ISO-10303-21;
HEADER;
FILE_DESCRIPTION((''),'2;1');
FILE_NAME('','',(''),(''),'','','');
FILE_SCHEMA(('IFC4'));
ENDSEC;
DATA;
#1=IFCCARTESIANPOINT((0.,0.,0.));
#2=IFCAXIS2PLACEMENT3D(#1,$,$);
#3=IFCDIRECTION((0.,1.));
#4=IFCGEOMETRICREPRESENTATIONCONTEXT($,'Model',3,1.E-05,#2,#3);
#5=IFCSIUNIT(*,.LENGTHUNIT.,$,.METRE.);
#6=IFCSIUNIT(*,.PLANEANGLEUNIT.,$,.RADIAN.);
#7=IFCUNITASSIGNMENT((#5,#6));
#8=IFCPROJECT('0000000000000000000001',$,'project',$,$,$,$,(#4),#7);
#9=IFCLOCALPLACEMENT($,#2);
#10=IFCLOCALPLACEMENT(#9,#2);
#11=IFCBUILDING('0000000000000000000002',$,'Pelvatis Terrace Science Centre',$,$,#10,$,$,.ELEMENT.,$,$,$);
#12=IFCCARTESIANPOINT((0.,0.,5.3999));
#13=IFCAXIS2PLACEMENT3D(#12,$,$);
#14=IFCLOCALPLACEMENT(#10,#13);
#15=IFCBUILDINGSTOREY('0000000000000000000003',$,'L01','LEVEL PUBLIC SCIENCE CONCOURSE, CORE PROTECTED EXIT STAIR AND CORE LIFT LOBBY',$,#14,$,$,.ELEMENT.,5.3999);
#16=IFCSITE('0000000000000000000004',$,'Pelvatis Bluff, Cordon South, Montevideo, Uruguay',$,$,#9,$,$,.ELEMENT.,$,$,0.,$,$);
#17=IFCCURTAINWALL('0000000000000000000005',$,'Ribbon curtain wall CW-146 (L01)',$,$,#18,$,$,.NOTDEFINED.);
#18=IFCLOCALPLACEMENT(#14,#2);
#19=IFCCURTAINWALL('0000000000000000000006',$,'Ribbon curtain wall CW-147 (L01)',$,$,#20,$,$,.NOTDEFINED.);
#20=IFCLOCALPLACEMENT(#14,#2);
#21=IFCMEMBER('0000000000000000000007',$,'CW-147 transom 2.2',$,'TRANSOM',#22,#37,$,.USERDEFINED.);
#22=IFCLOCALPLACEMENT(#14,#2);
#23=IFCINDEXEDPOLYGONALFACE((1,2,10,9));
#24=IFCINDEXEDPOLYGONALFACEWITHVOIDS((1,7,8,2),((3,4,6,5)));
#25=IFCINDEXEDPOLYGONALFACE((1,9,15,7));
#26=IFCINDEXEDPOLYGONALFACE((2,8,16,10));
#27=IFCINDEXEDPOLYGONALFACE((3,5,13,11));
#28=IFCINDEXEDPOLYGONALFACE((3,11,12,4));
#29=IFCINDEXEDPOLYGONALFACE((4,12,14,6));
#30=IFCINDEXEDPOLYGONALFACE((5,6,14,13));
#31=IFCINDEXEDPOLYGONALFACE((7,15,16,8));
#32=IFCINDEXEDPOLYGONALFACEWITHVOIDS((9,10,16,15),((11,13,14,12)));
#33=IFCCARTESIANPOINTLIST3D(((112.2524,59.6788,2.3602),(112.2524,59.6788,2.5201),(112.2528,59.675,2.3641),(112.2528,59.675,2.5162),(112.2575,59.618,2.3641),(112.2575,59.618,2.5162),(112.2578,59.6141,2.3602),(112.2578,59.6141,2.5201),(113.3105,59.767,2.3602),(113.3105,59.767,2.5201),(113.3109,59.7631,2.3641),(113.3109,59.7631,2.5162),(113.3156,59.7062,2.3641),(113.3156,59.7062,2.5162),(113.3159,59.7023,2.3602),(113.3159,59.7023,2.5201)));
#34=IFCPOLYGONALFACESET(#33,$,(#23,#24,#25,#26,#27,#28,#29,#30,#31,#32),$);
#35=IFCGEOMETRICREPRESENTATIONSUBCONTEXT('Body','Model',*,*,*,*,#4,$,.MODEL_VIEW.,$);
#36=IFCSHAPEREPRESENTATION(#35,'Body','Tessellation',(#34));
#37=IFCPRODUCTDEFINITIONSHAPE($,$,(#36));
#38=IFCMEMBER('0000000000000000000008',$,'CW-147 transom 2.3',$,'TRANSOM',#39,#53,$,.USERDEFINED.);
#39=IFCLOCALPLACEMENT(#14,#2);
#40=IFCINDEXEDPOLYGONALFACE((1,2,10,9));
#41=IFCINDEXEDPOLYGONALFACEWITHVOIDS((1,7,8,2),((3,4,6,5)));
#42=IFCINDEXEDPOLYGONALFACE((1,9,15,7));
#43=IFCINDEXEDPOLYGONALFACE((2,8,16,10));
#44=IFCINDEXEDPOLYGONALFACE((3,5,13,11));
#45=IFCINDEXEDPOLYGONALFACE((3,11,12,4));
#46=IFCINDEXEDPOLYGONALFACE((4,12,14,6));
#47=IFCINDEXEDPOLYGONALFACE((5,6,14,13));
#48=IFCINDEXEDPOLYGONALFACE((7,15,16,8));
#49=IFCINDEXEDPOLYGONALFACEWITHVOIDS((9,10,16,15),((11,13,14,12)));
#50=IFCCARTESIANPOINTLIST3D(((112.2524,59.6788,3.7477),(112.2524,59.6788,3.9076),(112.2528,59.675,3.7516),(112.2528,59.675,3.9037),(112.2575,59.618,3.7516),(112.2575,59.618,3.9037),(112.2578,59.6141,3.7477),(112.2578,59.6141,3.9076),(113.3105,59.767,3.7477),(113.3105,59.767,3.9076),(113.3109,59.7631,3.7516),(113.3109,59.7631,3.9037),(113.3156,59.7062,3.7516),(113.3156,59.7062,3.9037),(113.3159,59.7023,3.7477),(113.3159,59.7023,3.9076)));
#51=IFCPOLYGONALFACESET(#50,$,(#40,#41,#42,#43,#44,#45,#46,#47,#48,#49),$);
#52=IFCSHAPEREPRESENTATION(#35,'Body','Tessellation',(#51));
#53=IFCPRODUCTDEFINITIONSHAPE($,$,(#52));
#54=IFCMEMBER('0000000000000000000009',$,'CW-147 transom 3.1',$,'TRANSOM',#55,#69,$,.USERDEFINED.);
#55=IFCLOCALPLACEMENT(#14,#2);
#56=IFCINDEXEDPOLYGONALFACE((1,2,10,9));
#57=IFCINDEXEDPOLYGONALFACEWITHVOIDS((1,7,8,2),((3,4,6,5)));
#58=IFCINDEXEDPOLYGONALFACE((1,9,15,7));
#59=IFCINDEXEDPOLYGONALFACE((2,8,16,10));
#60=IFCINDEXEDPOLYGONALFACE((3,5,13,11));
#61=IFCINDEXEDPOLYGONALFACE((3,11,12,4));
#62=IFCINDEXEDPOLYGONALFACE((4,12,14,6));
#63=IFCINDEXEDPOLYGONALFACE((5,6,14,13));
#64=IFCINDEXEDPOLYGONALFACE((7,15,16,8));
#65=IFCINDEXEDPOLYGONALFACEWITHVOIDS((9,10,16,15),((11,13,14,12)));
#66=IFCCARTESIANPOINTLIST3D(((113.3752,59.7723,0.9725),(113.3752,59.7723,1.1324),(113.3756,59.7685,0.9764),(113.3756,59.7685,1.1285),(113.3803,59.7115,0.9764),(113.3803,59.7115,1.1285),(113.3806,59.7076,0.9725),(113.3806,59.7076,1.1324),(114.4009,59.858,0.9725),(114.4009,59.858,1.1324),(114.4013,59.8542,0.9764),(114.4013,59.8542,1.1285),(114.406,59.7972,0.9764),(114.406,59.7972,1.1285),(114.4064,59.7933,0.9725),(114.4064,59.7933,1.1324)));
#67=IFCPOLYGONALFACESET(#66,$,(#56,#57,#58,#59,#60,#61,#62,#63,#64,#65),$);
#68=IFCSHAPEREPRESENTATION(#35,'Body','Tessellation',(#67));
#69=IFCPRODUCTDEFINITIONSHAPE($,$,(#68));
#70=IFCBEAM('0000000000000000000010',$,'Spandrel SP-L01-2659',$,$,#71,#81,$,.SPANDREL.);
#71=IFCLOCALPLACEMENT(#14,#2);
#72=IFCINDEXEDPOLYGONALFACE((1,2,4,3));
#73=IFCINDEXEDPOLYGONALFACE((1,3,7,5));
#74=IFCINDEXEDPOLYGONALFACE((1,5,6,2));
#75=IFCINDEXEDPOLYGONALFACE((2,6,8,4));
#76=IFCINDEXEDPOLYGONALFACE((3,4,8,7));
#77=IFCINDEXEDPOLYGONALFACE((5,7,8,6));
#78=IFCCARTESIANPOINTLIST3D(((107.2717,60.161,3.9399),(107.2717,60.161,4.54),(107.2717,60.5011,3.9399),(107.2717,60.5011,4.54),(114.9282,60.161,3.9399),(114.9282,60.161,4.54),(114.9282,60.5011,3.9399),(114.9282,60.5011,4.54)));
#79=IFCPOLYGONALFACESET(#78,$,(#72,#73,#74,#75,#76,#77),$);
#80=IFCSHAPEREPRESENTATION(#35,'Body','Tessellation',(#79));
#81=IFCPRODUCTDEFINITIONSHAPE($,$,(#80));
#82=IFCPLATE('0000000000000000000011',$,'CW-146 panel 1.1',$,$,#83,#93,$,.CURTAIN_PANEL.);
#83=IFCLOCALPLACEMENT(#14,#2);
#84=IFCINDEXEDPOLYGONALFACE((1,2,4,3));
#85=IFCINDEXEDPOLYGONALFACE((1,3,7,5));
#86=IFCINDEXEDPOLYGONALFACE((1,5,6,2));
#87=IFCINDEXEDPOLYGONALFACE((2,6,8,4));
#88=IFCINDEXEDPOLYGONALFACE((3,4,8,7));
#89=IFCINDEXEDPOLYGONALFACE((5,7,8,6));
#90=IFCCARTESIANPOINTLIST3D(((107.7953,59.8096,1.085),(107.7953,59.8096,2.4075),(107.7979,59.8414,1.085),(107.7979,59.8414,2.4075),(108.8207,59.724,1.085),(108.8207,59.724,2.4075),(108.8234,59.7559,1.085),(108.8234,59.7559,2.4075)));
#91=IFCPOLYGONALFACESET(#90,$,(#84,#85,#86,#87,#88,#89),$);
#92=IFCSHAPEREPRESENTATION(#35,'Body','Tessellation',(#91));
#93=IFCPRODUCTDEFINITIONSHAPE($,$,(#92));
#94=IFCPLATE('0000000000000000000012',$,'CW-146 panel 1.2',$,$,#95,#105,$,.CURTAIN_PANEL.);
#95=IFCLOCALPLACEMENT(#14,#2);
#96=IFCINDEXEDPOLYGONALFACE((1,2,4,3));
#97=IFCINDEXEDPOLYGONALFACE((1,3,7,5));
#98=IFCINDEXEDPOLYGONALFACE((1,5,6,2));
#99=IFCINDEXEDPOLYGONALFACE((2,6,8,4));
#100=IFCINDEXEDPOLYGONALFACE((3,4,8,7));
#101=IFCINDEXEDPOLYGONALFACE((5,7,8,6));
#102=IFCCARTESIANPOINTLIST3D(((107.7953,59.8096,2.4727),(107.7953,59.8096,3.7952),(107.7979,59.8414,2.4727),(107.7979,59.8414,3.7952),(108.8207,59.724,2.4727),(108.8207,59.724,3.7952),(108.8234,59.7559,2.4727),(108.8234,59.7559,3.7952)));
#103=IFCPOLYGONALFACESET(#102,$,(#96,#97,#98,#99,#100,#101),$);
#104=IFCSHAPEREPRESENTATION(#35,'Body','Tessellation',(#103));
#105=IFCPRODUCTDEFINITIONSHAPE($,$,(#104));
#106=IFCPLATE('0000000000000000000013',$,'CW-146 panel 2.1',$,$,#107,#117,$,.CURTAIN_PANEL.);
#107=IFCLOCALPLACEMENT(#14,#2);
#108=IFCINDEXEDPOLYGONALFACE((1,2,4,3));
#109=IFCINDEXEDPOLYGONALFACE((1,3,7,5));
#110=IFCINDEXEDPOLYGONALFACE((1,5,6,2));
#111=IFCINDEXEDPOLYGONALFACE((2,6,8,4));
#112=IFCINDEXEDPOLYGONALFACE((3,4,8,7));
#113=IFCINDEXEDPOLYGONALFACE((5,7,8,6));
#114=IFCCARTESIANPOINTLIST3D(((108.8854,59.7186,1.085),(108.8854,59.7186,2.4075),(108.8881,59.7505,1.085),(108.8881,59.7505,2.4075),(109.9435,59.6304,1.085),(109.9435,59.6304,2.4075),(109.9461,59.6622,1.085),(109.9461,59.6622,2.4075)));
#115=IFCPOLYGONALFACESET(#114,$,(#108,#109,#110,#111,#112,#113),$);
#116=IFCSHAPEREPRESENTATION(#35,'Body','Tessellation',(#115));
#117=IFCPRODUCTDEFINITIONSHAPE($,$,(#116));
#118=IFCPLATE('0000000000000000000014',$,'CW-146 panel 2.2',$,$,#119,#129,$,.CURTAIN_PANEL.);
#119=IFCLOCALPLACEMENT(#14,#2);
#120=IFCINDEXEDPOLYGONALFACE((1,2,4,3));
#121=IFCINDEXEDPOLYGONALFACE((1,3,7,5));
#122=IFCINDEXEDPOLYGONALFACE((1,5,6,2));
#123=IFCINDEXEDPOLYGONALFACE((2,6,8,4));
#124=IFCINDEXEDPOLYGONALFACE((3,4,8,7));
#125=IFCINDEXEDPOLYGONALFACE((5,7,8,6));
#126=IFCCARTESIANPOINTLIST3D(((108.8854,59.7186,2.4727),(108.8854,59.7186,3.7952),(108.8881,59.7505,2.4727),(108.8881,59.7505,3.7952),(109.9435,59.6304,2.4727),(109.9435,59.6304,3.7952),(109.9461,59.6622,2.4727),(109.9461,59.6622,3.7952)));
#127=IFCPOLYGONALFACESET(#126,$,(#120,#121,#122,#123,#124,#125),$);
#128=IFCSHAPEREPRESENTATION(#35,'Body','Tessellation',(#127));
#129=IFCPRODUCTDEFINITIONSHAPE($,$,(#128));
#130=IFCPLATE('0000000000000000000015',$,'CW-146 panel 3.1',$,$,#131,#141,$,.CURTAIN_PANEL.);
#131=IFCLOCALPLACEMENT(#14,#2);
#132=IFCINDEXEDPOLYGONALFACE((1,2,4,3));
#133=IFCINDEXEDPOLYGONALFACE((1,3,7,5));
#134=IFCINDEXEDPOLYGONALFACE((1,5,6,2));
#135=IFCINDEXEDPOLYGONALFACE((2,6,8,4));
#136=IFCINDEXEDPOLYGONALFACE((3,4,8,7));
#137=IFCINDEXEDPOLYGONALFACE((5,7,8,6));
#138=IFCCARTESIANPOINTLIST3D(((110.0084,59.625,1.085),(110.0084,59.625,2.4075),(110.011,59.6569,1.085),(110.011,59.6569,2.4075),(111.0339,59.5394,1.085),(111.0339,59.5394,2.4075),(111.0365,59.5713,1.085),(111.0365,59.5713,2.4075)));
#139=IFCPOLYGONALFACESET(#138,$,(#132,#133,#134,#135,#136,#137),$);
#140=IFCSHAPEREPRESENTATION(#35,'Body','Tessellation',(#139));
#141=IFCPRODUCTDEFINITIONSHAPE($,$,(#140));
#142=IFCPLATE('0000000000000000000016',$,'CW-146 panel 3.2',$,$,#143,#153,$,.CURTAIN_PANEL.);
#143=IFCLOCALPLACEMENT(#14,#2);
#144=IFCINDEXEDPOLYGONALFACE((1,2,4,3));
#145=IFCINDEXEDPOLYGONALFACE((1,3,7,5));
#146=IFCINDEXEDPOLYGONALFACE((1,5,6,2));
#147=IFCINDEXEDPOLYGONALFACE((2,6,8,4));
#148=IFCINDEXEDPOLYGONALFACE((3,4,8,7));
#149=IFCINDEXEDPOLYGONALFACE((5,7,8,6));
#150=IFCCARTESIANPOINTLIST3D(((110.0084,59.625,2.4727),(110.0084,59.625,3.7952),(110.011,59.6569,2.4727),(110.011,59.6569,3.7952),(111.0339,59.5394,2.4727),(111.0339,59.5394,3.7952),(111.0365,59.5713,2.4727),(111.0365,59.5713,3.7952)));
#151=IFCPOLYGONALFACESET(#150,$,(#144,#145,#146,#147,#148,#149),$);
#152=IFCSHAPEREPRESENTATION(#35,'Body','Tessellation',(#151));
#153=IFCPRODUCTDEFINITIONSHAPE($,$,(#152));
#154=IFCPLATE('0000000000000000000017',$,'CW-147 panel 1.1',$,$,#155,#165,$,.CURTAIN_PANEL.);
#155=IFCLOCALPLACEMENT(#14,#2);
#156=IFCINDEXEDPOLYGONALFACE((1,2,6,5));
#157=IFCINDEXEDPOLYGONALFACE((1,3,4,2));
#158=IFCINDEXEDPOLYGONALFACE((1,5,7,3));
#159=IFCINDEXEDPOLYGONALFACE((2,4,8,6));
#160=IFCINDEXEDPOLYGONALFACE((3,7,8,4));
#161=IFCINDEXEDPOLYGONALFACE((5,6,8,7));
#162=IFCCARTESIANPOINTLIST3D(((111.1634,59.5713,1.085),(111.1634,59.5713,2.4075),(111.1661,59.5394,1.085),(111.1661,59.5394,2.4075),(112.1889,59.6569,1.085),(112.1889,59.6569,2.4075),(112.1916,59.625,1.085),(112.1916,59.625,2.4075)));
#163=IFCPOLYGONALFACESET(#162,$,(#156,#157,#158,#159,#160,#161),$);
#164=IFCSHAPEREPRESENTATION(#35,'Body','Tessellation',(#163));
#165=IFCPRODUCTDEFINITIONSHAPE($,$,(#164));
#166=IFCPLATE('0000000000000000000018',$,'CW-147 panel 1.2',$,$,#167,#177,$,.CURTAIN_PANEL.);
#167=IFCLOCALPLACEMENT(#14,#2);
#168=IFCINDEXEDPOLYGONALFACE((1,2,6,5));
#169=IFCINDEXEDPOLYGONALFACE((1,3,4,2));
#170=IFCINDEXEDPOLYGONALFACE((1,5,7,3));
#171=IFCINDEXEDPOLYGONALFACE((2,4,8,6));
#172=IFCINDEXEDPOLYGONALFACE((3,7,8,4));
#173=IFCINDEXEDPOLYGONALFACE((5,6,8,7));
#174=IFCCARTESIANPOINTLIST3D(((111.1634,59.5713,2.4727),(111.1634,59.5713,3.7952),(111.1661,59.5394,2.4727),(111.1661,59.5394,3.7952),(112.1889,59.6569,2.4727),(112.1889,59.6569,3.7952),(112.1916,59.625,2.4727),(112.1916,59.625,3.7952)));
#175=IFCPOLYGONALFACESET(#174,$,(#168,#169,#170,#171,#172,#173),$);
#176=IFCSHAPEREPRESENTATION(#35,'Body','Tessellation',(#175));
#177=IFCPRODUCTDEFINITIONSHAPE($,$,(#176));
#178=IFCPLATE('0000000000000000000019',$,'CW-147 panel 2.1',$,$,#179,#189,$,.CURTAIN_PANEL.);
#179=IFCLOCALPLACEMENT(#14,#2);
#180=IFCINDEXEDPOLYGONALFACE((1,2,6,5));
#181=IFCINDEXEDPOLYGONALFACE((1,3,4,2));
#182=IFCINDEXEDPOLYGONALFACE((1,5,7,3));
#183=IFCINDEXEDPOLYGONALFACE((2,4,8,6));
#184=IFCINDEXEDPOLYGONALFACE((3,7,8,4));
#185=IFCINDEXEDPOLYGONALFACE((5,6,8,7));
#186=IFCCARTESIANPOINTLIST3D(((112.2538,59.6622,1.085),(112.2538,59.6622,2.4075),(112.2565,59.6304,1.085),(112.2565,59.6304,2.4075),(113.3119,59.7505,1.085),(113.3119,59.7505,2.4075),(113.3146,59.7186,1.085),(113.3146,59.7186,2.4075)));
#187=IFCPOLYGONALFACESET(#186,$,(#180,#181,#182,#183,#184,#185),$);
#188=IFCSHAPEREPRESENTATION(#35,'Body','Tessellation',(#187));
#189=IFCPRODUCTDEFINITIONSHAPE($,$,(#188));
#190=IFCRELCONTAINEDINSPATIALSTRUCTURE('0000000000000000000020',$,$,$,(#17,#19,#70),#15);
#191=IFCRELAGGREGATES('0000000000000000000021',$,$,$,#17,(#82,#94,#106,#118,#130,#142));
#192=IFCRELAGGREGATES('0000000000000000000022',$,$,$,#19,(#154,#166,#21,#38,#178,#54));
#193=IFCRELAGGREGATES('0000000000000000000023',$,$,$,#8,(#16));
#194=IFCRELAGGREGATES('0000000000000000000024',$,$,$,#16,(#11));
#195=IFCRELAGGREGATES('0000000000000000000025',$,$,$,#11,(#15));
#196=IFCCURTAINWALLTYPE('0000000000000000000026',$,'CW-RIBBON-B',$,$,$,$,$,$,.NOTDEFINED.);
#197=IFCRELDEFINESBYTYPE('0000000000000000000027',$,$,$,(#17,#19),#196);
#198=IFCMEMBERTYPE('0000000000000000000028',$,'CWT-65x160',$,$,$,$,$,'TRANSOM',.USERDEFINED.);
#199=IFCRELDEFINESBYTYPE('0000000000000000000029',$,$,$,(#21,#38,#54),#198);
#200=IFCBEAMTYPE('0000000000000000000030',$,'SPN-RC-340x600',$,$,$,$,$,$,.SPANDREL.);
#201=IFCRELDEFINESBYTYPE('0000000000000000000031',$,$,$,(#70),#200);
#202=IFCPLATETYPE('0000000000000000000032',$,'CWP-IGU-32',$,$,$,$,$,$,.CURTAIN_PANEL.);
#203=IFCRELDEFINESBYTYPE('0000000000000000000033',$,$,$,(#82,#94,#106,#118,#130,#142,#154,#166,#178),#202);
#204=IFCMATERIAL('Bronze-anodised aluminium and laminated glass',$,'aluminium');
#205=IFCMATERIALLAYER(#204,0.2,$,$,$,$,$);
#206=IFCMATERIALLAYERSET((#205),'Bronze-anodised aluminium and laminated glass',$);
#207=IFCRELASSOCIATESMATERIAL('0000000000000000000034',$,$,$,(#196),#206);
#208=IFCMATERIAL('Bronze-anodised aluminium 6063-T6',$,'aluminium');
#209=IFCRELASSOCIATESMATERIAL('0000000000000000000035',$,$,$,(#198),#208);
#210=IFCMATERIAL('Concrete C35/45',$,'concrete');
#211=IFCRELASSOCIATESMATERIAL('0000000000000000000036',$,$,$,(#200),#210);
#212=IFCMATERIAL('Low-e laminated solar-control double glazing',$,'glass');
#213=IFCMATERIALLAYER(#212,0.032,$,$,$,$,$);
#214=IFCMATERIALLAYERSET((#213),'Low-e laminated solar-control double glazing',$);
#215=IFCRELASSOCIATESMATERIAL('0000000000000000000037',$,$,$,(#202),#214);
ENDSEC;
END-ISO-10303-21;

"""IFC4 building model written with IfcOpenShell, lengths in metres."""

from ifc_helpers import new_model, si_unit, direction, frame, origin, origin_2d, place, context, subcontext, project, spatial, rectangle, hollow_rectangle, extrude, material, layer, layer_set, material_profile, profile_set, type_object, element, aggregate, save


model = new_model("IFC4")

# Units and contexts
model_context = context("Model", 3, precision=1e-05, world=origin(), true_north=direction((0.0, 1.0)))
body_context = subcontext(model_context, "Body", "Model", "MODEL_VIEW")
ifc_project = project(units=[si_unit("LENGTHUNIT", "METRE"), si_unit("PLANEANGLEUNIT", "RADIAN")], contexts=[model_context])

# Site, building, storey
site_placement = place(None, origin())
site = spatial("IfcSite", under=ifc_project, at=site_placement, Name="Pelvatis Bluff, Cordon South, Montevideo, Uruguay", CompositionType="ELEMENT", RefElevation=0.0)
building_placement = place(site_placement, origin())
building = spatial("IfcBuilding", under=site, at=building_placement, Name="Pelvatis Terrace Science Centre", CompositionType="ELEMENT")
storey_placement = place(building_placement, frame((0.0, 0.0, 5.3999)))
storey = spatial("IfcBuildingStorey", under=building, at=storey_placement, Name="L01", Description="LEVEL PUBLIC SCIENCE CONCOURSE, CORE PROTECTED EXIT STAIR AND CORE LIFT LOBBY", CompositionType="ELEMENT", Elevation=5.3999)

# Curtain walls
ifc_material_1 = material(Name="Bronze-anodised aluminium and laminated glass", Category="aluminium")
ifc_layer_1 = layer(ifc_material_1, 0.2)
ifc_layer_set_1 = layer_set([ifc_layer_1], Name="Bronze-anodised aluminium and laminated glass")
curtain_wall_type = type_object("IfcCurtainWallType", Name="CW-RIBBON-B", PredefinedType="NOTDEFINED", material=ifc_layer_set_1)
curtain_wall_1_placement = place(storey_placement, origin())
curtain_wall_1 = element("IfcCurtainWall", 1, at=curtain_wall_1_placement, inside=storey, type_object=curtain_wall_type, Name="Ribbon curtain wall CW-146 (L01)", PredefinedType="NOTDEFINED")
curtain_wall_2_placement = place(storey_placement, origin())
curtain_wall_2 = element("IfcCurtainWall", 2, at=curtain_wall_2_placement, inside=storey, type_object=curtain_wall_type, Name="Ribbon curtain wall CW-147 (L01)", PredefinedType="NOTDEFINED")

# Members
ifc_material_2 = material(Name="Bronze-anodised aluminium 6063-T6", Category="aluminium")
ifc_material_profile_1 = material_profile(ifc_material_2, hollow_rectangle(XDim=0.0649, YDim=0.1599, WallThickness=0.0039, at=origin_2d()), Name="ALU-TRN 65x160")
ifc_profile_set_1 = profile_set([ifc_material_profile_1], Name="Bronze-anodised aluminium 6063-T6")
member_type_1 = type_object("IfcMemberType", Name="CWT-65x160", ElementType="TRANSOM", PredefinedType="USERDEFINED", material=ifc_profile_set_1)
member_1_placement = place(storey_placement, frame((112.2551, 59.6465, 2.4402), z_axis=(0.996549, 0.083007, 0.0), x_axis=(-0.083007, 0.996549, 0.0)))
member_1 = element("IfcMember", 3, at=member_1_placement, type_object=member_type_1, Name="CW-147 transom 2.2", ObjectType="TRANSOM", PredefinedType="USERDEFINED", context=body_context, shape_type="SweptSolid", body=[
    extrude(hollow_rectangle(XDim=0.0649, YDim=0.1599, WallThickness=0.0039, at=origin_2d()), origin(), (0.0, 0.0, 1.0), 1.0618),
])
member_2_placement = place(storey_placement, frame((112.2551, 59.6465, 3.8276), z_axis=(0.996549, 0.083007, 0.0), x_axis=(-0.083007, 0.996549, 0.0)))
member_2 = element("IfcMember", 4, at=member_2_placement, type_object=member_type_1, Name="CW-147 transom 2.3", ObjectType="TRANSOM", PredefinedType="USERDEFINED", context=body_context, shape_type="SweptSolid", body=[
    extrude(hollow_rectangle(XDim=0.0649, YDim=0.1599, WallThickness=0.0039, at=origin_2d()), origin(), (0.0, 0.0, 1.0), 1.0618),
])
member_3_placement = place(storey_placement, frame((113.3779, 59.74, 1.0525), z_axis=(0.996528, 0.083261, 0.0), x_axis=(-0.083261, 0.996528, 0.0)))
member_3 = element("IfcMember", 5, at=member_3_placement, type_object=member_type_1, Name="CW-147 transom 3.1", ObjectType="TRANSOM", PredefinedType="USERDEFINED", context=body_context, shape_type="SweptSolid", body=[
    extrude(hollow_rectangle(XDim=0.0649, YDim=0.1599, WallThickness=0.0039, at=origin_2d()), origin(), (0.0, 0.0, 1.0), 1.0293),
])

# Beam
ifc_material_3 = material(Name="Concrete C35/45", Category="concrete")
ifc_material_profile_2 = material_profile(ifc_material_3, rectangle(XDim=0.3401, YDim=0.6001, at=origin_2d()), Name="RC-SPN 340x600")
ifc_profile_set_2 = profile_set([ifc_material_profile_2], Name="Concrete C35/45")
beam_type_1 = type_object("IfcBeamType", Name="SPN-RC-340x600", PredefinedType="SPANDREL", material=ifc_profile_set_2)
beam_1_placement = place(storey_placement, frame((107.2717, 60.3311, 4.24), z_axis=(1.0, 0.0, 0.0), x_axis=(0.0, 1.0, 0.0)))
element("IfcBeam", 6, at=beam_1_placement, inside=storey, type_object=beam_type_1, Name="Spandrel SP-L01-2659", PredefinedType="SPANDREL", context=body_context, shape_type="SweptSolid", body=[
    extrude(rectangle(XDim=0.3401, YDim=0.6001, at=origin_2d()), origin(), (0.0, 0.0, 1.0), 7.6565),
])

# Plates
ifc_material_4 = material(Name="Low-e laminated solar-control double glazing", Category="glass")
ifc_layer_2 = layer(ifc_material_4, 0.032)
ifc_layer_set_2 = layer_set([ifc_layer_2], Name="Low-e laminated solar-control double glazing")
plate_type = type_object("IfcPlateType", Name="CWP-IGU-32", PredefinedType="CURTAIN_PANEL", material=ifc_layer_set_2)
plate_1_placement = place(storey_placement, frame((108.3093, 59.7827, 1.085), z_axis=(0.0, 0.0, 1.0), x_axis=(0.996538, -0.083136, 0.0)))
plate_1 = element("IfcPlate", 7, at=plate_1_placement, type_object=plate_type, Name="CW-146 panel 1.1", PredefinedType="CURTAIN_PANEL", context=body_context, shape_type="SweptSolid", body=[
    extrude(rectangle(XDim=1.0291, YDim=0.032, at=origin_2d()), origin(), (0.0, 0.0, 1.0), 1.3225),
])
plate_2_placement = place(storey_placement, frame((108.3093, 59.7827, 2.4727), z_axis=(0.0, 0.0, 1.0), x_axis=(0.996538, -0.083136, 0.0)))
plate_2 = element("IfcPlate", 8, at=plate_2_placement, type_object=plate_type, Name="CW-146 panel 1.2", PredefinedType="CURTAIN_PANEL", context=body_context, shape_type="SweptSolid", body=[
    extrude(rectangle(XDim=1.0291, YDim=0.032, at=origin_2d()), origin(), (0.0, 0.0, 1.0), 1.3225),
])
plate_3_placement = place(storey_placement, frame((109.4158, 59.6904, 1.085), z_axis=(0.0, 0.0, 1.0), x_axis=(0.996538, -0.083136, 0.0)))
plate_3 = element("IfcPlate", 9, at=plate_3_placement, type_object=plate_type, Name="CW-146 panel 2.1", PredefinedType="CURTAIN_PANEL", context=body_context, shape_type="SweptSolid", body=[
    extrude(rectangle(XDim=1.0618, YDim=0.032, at=origin_2d()), origin(), (0.0, 0.0, 1.0), 1.3225),
])
plate_4_placement = place(storey_placement, frame((109.4158, 59.6904, 2.4727), z_axis=(0.0, 0.0, 1.0), x_axis=(0.996538, -0.083136, 0.0)))
plate_4 = element("IfcPlate", 10, at=plate_4_placement, type_object=plate_type, Name="CW-146 panel 2.2", PredefinedType="CURTAIN_PANEL", context=body_context, shape_type="SweptSolid", body=[
    extrude(rectangle(XDim=1.0618, YDim=0.032, at=origin_2d()), origin(), (0.0, 0.0, 1.0), 1.3225),
])
plate_5_placement = place(storey_placement, frame((110.5225, 59.5981, 1.085), z_axis=(0.0, 0.0, 1.0), x_axis=(0.996538, -0.083136, 0.0)))
plate_5 = element("IfcPlate", 11, at=plate_5_placement, type_object=plate_type, Name="CW-146 panel 3.1", PredefinedType="CURTAIN_PANEL", context=body_context, shape_type="SweptSolid", body=[
    extrude(rectangle(XDim=1.0291, YDim=0.032, at=origin_2d()), origin(), (0.0, 0.0, 1.0), 1.3225),
])
plate_6_placement = place(storey_placement, frame((110.5225, 59.5981, 2.4727), z_axis=(0.0, 0.0, 1.0), x_axis=(0.996538, -0.083136, 0.0)))
plate_6 = element("IfcPlate", 12, at=plate_6_placement, type_object=plate_type, Name="CW-146 panel 3.2", PredefinedType="CURTAIN_PANEL", context=body_context, shape_type="SweptSolid", body=[
    extrude(rectangle(XDim=1.0291, YDim=0.032, at=origin_2d()), origin(), (0.0, 0.0, 1.0), 1.3225),
])
aggregate(curtain_wall_1, [plate_1, plate_2, plate_3, plate_4, plate_5, plate_6])
plate_7_placement = place(storey_placement, frame((111.6775, 59.5981, 1.085), z_axis=(0.0, 0.0, 1.0), x_axis=(0.996538, 0.083136, 0.0)))
plate_7 = element("IfcPlate", 13, at=plate_7_placement, type_object=plate_type, Name="CW-147 panel 1.1", PredefinedType="CURTAIN_PANEL", context=body_context, shape_type="SweptSolid", body=[
    extrude(rectangle(XDim=1.0291, YDim=0.032, at=origin_2d()), origin(), (0.0, 0.0, 1.0), 1.3225),
])
plate_8_placement = place(storey_placement, frame((111.6775, 59.5981, 2.4727), z_axis=(0.0, 0.0, 1.0), x_axis=(0.996538, 0.083136, 0.0)))
plate_8 = element("IfcPlate", 14, at=plate_8_placement, type_object=plate_type, Name="CW-147 panel 1.2", PredefinedType="CURTAIN_PANEL", context=body_context, shape_type="SweptSolid", body=[
    extrude(rectangle(XDim=1.0291, YDim=0.032, at=origin_2d()), origin(), (0.0, 0.0, 1.0), 1.3225),
])
plate_9_placement = place(storey_placement, frame((112.7842, 59.6904, 1.085), z_axis=(0.0, 0.0, 1.0), x_axis=(0.996538, 0.083136, 0.0)))
plate_9 = element("IfcPlate", 15, at=plate_9_placement, type_object=plate_type, Name="CW-147 panel 2.1", PredefinedType="CURTAIN_PANEL", context=body_context, shape_type="SweptSolid", body=[
    extrude(rectangle(XDim=1.0618, YDim=0.032, at=origin_2d()), origin(), (0.0, 0.0, 1.0), 1.3225),
])
aggregate(curtain_wall_2, [plate_7, plate_8, member_1, member_2, plate_9, member_3])

save(model, "model.ifc")
